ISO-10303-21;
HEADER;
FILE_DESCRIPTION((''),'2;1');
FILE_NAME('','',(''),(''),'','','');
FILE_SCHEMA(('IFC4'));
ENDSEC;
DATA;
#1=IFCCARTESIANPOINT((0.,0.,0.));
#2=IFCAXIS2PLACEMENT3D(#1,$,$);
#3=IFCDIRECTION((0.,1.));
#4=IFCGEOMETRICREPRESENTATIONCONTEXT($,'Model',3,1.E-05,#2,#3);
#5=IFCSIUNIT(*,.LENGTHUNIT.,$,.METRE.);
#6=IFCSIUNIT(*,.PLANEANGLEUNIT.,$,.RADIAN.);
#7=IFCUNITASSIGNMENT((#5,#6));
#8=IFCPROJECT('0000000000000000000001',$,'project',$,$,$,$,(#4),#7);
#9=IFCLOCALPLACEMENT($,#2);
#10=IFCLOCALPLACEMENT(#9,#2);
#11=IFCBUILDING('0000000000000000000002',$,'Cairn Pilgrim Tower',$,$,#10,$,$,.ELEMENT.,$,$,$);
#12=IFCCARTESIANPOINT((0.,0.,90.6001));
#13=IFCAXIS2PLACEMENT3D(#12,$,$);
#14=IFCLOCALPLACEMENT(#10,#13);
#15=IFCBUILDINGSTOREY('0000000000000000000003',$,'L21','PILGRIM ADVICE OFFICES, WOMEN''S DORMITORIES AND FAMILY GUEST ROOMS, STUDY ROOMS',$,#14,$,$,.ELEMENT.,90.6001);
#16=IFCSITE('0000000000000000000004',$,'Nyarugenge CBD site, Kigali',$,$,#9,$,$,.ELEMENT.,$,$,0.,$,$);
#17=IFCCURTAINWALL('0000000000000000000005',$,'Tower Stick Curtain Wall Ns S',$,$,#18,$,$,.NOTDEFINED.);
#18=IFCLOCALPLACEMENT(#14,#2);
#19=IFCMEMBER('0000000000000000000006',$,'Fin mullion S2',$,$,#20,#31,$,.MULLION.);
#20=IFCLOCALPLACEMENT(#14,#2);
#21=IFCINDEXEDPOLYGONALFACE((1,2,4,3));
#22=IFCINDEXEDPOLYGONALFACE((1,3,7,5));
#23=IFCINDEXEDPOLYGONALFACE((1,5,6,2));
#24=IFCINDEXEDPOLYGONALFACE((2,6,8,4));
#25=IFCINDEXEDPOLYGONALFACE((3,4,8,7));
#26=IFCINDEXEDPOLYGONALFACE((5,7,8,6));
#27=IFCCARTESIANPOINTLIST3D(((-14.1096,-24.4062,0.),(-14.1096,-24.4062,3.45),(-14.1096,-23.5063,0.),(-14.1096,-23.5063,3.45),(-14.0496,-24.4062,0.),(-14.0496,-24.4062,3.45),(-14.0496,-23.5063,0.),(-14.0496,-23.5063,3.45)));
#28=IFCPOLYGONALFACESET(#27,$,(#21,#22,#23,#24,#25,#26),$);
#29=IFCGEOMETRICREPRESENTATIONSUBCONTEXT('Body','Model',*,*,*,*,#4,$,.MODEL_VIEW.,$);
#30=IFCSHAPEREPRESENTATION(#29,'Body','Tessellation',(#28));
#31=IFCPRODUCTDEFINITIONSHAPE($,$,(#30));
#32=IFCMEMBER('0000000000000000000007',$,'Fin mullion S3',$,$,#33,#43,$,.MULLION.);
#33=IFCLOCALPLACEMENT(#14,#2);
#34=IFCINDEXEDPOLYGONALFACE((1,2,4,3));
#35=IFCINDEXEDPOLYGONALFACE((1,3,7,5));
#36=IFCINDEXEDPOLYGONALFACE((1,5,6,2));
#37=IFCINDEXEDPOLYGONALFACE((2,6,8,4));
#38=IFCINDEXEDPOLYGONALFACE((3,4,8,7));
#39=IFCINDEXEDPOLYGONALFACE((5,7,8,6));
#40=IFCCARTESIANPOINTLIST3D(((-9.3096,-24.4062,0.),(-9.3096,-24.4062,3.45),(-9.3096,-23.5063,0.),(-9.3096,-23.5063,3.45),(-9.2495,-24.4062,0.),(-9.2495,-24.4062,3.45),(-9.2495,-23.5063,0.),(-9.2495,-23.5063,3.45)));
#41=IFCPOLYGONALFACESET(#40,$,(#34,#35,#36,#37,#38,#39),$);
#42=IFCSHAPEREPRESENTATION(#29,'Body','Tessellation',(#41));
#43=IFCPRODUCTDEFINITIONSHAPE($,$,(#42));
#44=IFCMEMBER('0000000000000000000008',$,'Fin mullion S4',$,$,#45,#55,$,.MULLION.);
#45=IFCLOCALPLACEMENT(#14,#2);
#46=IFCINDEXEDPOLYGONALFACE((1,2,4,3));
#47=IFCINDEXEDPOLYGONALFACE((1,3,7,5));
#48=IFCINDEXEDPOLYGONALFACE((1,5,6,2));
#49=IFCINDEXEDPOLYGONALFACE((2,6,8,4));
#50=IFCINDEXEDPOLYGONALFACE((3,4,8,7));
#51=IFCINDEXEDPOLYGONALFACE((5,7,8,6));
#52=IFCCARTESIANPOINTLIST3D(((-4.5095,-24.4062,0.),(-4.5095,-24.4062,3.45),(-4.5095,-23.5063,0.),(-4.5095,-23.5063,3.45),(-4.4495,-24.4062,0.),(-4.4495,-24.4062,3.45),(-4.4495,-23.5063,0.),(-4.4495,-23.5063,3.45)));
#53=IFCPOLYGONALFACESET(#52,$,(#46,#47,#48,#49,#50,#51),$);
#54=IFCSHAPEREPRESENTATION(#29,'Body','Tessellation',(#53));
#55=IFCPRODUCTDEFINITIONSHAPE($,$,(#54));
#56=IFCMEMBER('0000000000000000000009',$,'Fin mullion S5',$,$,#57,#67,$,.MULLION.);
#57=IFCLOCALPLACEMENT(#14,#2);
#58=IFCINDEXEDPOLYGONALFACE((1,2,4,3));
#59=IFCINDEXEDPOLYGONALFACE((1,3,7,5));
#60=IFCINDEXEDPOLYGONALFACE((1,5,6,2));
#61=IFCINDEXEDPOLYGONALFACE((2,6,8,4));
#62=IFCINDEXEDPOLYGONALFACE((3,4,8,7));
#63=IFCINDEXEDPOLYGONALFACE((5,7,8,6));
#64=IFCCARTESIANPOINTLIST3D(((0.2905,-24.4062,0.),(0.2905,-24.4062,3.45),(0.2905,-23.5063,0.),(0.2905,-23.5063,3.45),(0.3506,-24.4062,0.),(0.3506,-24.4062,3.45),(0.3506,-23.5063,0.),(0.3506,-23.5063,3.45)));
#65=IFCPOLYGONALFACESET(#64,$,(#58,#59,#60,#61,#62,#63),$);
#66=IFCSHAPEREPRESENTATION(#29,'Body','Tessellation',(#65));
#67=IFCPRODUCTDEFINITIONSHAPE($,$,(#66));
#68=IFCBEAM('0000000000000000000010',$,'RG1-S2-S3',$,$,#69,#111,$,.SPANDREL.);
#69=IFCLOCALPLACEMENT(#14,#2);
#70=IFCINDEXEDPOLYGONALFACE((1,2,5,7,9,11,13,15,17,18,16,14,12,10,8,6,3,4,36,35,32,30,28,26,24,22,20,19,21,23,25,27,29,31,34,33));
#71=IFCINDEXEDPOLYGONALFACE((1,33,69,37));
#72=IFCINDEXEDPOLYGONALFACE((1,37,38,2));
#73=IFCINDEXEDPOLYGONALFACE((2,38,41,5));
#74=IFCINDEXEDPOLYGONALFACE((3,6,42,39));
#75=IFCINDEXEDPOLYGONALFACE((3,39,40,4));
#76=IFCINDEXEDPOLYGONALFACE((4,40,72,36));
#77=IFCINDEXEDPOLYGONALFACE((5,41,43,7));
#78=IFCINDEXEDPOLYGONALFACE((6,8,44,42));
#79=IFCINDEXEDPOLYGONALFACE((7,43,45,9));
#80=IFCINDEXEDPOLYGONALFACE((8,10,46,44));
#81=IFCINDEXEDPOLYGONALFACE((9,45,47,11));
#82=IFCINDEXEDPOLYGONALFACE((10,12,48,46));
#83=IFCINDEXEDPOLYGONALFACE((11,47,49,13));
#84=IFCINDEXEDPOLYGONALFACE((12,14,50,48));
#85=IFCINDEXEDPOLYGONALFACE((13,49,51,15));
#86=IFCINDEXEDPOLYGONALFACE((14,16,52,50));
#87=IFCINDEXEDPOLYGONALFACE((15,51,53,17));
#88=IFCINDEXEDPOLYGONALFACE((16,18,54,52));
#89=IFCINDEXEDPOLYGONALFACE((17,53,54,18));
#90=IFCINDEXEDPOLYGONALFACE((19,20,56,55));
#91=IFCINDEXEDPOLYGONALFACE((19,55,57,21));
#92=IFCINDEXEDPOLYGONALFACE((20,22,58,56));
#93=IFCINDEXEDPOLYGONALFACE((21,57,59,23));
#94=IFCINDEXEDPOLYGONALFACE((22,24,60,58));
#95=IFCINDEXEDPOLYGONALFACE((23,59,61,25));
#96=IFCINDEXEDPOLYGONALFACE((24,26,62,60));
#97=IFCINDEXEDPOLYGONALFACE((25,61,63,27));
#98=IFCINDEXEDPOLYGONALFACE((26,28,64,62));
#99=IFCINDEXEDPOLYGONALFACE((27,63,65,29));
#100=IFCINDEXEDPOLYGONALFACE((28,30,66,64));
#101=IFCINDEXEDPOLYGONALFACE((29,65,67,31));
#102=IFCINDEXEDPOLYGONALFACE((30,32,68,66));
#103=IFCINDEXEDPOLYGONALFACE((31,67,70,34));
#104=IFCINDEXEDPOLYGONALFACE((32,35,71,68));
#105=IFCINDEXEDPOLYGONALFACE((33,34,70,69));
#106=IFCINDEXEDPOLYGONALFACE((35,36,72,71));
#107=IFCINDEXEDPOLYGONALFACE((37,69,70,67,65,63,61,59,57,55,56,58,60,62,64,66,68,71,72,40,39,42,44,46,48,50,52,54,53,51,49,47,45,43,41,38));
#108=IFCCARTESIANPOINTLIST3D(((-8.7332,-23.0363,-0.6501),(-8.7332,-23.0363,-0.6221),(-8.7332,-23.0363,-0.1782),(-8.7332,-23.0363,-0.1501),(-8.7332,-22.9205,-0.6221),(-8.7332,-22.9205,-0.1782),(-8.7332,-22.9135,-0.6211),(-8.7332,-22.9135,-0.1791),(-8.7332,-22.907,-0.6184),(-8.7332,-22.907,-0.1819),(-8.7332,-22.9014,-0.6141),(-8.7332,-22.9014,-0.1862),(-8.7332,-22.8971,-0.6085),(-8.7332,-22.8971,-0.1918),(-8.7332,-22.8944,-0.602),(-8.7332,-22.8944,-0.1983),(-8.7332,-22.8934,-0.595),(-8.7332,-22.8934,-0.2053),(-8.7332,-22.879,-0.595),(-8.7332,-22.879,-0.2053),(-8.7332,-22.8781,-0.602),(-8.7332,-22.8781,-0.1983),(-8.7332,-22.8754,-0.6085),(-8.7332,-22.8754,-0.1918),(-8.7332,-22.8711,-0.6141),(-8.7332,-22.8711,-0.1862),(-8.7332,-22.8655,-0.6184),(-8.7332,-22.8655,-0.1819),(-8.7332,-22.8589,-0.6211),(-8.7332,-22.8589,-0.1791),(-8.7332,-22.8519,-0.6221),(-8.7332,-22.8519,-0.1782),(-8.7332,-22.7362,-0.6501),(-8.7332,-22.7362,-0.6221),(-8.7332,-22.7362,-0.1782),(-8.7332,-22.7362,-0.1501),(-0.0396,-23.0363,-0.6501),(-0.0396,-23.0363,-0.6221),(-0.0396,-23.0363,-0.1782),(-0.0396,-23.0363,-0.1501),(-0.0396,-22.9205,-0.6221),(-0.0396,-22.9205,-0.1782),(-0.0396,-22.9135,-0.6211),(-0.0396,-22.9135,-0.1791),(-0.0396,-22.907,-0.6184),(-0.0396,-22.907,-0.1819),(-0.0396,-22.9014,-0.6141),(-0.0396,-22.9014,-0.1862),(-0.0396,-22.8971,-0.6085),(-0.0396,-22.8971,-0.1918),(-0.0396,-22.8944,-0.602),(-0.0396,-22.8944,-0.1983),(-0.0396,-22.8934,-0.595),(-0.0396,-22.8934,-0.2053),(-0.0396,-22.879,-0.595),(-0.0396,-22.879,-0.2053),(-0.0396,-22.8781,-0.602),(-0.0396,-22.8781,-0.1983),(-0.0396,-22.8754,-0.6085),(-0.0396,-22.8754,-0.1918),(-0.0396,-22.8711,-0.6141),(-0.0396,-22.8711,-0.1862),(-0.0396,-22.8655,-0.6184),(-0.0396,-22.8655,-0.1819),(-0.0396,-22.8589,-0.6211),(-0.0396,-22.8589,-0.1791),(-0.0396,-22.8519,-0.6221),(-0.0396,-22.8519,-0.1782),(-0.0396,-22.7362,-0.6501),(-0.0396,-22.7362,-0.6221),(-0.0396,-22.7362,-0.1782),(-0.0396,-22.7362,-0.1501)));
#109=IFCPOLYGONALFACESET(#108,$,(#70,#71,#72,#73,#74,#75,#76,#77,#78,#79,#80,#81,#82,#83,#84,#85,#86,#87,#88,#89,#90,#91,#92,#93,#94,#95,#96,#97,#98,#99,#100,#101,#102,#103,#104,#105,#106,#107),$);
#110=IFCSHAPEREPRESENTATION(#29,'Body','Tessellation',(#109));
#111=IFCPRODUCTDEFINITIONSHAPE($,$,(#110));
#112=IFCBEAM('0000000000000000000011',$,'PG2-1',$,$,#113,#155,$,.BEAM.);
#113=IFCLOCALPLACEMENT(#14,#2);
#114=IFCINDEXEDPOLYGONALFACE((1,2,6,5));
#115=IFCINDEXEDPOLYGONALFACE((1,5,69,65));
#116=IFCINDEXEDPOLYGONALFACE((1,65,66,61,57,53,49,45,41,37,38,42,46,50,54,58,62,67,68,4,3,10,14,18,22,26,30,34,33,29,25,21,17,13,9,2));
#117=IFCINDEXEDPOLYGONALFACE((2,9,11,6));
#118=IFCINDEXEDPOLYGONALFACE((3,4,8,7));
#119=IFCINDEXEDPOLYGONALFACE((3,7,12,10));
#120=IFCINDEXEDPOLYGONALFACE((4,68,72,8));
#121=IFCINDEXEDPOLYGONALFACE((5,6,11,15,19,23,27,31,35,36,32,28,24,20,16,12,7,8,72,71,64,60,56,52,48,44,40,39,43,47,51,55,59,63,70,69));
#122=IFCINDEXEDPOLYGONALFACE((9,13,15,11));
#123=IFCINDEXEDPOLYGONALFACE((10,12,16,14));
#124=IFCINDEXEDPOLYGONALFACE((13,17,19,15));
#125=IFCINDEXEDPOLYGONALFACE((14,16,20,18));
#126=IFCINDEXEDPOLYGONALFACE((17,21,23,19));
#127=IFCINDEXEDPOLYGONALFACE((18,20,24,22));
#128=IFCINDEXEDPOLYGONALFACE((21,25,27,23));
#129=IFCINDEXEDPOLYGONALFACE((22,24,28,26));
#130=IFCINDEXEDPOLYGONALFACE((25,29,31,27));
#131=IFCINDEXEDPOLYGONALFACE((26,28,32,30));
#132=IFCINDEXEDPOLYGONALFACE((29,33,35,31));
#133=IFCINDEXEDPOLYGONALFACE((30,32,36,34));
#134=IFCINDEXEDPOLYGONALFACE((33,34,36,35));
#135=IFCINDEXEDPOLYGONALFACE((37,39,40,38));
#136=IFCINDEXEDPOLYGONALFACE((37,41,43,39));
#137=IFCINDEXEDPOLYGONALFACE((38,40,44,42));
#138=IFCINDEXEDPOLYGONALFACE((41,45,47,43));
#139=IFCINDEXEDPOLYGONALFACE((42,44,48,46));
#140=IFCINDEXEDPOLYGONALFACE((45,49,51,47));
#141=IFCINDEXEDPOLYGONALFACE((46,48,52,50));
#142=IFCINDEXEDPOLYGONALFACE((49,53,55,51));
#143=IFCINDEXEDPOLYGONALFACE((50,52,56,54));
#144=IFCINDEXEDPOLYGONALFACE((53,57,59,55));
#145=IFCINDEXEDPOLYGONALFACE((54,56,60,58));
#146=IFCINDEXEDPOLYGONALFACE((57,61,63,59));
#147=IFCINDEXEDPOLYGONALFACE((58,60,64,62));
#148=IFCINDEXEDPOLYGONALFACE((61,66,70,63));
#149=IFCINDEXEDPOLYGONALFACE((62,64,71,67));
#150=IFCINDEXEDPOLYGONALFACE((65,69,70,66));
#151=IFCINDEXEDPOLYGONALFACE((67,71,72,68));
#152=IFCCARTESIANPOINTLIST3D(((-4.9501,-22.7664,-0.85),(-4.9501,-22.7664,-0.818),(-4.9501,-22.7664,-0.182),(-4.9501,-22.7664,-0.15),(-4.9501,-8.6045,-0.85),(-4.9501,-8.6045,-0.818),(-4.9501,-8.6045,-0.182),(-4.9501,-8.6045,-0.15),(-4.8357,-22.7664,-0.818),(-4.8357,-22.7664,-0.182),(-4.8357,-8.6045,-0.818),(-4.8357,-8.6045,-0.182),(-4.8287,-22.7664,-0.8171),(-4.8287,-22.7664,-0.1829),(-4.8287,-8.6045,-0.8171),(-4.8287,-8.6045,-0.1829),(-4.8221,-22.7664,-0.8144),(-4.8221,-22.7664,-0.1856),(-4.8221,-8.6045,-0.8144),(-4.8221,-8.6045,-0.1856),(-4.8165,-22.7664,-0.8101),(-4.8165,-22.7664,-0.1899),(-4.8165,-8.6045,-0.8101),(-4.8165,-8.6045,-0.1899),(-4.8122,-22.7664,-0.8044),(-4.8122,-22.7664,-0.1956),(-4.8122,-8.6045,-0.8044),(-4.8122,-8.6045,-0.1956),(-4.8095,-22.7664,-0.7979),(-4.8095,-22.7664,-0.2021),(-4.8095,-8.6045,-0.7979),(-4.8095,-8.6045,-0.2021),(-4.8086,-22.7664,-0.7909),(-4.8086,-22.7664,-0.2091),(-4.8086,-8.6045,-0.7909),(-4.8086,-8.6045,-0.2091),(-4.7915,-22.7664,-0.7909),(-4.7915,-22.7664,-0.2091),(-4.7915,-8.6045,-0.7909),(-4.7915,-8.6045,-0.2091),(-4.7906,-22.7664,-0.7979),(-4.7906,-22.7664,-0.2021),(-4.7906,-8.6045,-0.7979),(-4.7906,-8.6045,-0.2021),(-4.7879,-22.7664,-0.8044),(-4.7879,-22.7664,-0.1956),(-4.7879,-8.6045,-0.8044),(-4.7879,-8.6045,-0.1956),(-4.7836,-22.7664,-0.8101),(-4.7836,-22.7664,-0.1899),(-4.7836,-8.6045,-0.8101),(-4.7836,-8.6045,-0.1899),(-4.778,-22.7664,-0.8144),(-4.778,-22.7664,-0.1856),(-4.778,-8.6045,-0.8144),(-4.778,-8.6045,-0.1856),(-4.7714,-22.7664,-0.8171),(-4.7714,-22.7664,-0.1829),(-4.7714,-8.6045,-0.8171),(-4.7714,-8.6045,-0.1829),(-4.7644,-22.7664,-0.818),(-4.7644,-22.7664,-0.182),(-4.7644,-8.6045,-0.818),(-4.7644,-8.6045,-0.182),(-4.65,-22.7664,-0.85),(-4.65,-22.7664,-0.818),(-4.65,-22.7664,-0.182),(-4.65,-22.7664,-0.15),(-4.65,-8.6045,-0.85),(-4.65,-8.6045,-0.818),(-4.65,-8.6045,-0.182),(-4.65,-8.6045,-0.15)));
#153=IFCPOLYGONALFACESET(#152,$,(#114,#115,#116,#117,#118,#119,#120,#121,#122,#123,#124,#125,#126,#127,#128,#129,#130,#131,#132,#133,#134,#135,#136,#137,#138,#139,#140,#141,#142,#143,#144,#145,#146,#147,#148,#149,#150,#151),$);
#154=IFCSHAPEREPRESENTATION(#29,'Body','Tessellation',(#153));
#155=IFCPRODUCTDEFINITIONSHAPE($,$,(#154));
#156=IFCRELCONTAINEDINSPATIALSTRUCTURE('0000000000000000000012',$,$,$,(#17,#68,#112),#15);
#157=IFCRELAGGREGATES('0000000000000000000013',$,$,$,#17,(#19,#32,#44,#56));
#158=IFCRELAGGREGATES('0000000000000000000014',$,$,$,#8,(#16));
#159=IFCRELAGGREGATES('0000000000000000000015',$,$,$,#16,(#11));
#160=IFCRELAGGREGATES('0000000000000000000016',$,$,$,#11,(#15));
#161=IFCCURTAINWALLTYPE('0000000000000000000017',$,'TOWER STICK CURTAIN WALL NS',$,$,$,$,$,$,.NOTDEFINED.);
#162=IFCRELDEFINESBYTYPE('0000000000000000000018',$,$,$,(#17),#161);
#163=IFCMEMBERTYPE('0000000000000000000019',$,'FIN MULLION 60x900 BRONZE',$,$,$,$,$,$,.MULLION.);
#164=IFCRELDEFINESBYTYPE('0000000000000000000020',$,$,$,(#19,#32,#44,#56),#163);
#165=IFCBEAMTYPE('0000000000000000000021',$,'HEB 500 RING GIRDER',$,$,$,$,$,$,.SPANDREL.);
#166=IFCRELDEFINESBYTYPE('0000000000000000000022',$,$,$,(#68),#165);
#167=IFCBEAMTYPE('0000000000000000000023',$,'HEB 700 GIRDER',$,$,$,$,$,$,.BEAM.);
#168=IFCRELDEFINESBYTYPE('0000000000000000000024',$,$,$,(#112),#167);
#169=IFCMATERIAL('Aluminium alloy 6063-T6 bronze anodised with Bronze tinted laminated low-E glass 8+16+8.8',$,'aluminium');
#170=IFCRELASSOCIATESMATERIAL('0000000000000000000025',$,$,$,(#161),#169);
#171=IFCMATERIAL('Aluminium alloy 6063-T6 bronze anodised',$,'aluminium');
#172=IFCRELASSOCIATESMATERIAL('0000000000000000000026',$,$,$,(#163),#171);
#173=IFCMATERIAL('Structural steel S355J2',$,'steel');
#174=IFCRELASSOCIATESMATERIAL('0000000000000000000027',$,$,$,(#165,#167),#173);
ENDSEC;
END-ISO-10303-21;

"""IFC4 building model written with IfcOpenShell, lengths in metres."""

from ifc_helpers import new_model, si_unit, direction, frame, origin, origin_2d, place, context, subcontext, project, spatial, rectangle, i_section, extrude, material, material_profile, profile_set, type_object, element, aggregate, save


model = new_model("IFC4")

# Units and contexts
model_context = context("Model", 3, precision=1e-05, world=origin(), true_north=direction((0.0, 1.0)))
body_context = subcontext(model_context, "Body", "Model", "MODEL_VIEW")
ifc_project = project(units=[si_unit("LENGTHUNIT", "METRE"), si_unit("PLANEANGLEUNIT", "RADIAN")], contexts=[model_context])

# Site, building, storey
site_placement = place(None, origin())
site = spatial("IfcSite", under=ifc_project, at=site_placement, Name="Nyarugenge CBD site, Kigali", CompositionType="ELEMENT", RefElevation=0.0)
building_placement = place(site_placement, origin())
building = spatial("IfcBuilding", under=site, at=building_placement, Name="Cairn Pilgrim Tower", CompositionType="ELEMENT")
storey_placement = place(building_placement, frame((0.0, 0.0, 90.6001)))
storey = spatial("IfcBuildingStorey", under=building, at=storey_placement, Name="L21", Description="PILGRIM ADVICE OFFICES, WOMEN'S DORMITORIES AND FAMILY GUEST ROOMS, STUDY ROOMS", CompositionType="ELEMENT", Elevation=90.6001)

# Curtain wall, members
ifc_material_1 = material(Name="Aluminium alloy 6063-T6 bronze anodised with Bronze tinted laminated low-E glass 8+16+8.8", Category="aluminium")
curtain_wall_type = type_object("IfcCurtainWallType", Name="TOWER STICK CURTAIN WALL NS", PredefinedType="NOTDEFINED", material=ifc_material_1)
curtain_wall_placement = place(storey_placement, origin())
curtain_wall = element("IfcCurtainWall", 1, at=curtain_wall_placement, inside=storey, type_object=curtain_wall_type, Name="Tower Stick Curtain Wall Ns S", PredefinedType="NOTDEFINED")
ifc_material_2 = material(Name="Aluminium alloy 6063-T6 bronze anodised", Category="aluminium")
ifc_material_profile_1 = material_profile(ifc_material_2, rectangle(XDim=0.8999, YDim=0.0601, at=origin_2d()), Name="FIN MULLION 60x900 BRONZE")
ifc_profile_set_1 = profile_set([ifc_material_profile_1], Name="Aluminium alloy 6063-T6 bronze anodised")
member_type_1 = type_object("IfcMemberType", Name="FIN MULLION 60x900 BRONZE", PredefinedType="MULLION", material=ifc_profile_set_1)
member_1_placement = place(storey_placement, frame((-14.0796, -23.9563, 0.0), z_axis=(0.0, 0.0, 1.0), x_axis=(0.0, -1.0, 0.0)))
member_1 = element("IfcMember", 2, at=member_1_placement, type_object=member_type_1, Name="Fin mullion S2", PredefinedType="MULLION", context=body_context, shape_type="SweptSolid", body=[
    extrude(rectangle(XDim=0.8999, YDim=0.0601, at=origin_2d()), origin(), (0.0, 0.0, 1.0), 3.45),
])
member_2_placement = place(storey_placement, frame((-9.2795, -23.9563, 0.0), z_axis=(0.0, 0.0, 1.0), x_axis=(0.0, -1.0, 0.0)))
member_2 = element("IfcMember", 3, at=member_2_placement, type_object=member_type_1, Name="Fin mullion S3", PredefinedType="MULLION", context=body_context, shape_type="SweptSolid", body=[
    extrude(rectangle(XDim=0.8999, YDim=0.0601, at=origin_2d()), origin(), (0.0, 0.0, 1.0), 3.45),
])
member_3_placement = place(storey_placement, frame((-4.4795, -23.9563, 0.0), z_axis=(0.0, 0.0, 1.0), x_axis=(0.0, -1.0, 0.0)))
member_3 = element("IfcMember", 4, at=member_3_placement, type_object=member_type_1, Name="Fin mullion S4", PredefinedType="MULLION", context=body_context, shape_type="SweptSolid", body=[
    extrude(rectangle(XDim=0.8999, YDim=0.0601, at=origin_2d()), origin(), (0.0, 0.0, 1.0), 3.45),
])
member_4_placement = place(storey_placement, frame((0.3206, -23.9563, 0.0), z_axis=(0.0, 0.0, 1.0), x_axis=(0.0, -1.0, 0.0)))
member_4 = element("IfcMember", 5, at=member_4_placement, type_object=member_type_1, Name="Fin mullion S5", PredefinedType="MULLION", context=body_context, shape_type="SweptSolid", body=[
    extrude(rectangle(XDim=0.8999, YDim=0.0601, at=origin_2d()), origin(), (0.0, 0.0, 1.0), 3.45),
])

# Beams
ifc_material_3 = material(Name="Structural steel S355J2", Category="steel")
ifc_material_profile_2 = material_profile(ifc_material_3, i_section(OverallWidth=0.3, OverallDepth=0.5, WebThickness=0.0144, FlangeThickness=0.0281, FilletRadius=0.0271, at=origin_2d()), Name="HEB 500")
ifc_profile_set_2 = profile_set([ifc_material_profile_2], Name="Structural steel S355J2")
beam_type_1 = type_object("IfcBeamType", Name="HEB 500 RING GIRDER", PredefinedType="SPANDREL", material=ifc_profile_set_2)
beam_1_placement = place(storey_placement, frame((-8.7332, -22.8862, -0.4001), z_axis=(1.0, 0.0, 0.0), x_axis=(0.0, 1.0, 0.0)))
element("IfcBeam", 6, at=beam_1_placement, inside=storey, type_object=beam_type_1, Name="RG1-S2-S3", PredefinedType="SPANDREL", context=body_context, shape_type="SweptSolid", body=[
    extrude(i_section(OverallWidth=0.3, OverallDepth=0.5, WebThickness=0.0144, FlangeThickness=0.0281, FilletRadius=0.0271, at=origin_2d()), origin(), (0.0, 0.0, 1.0), 8.6936),
])
ifc_material_profile_3 = material_profile(ifc_material_3, i_section(OverallWidth=0.3, OverallDepth=0.7, WebThickness=0.0171, FlangeThickness=0.032, FilletRadius=0.0271, at=origin_2d()), Name="HEB 700")
ifc_profile_set_3 = profile_set([ifc_material_profile_3], Name="Structural steel S355J2")
beam_type_2 = type_object("IfcBeamType", Name="HEB 700 GIRDER", PredefinedType="BEAM", material=ifc_profile_set_3)
beam_2_placement = place(storey_placement, frame((-4.8, -22.7664, -0.5), z_axis=(0.0, 1.0, 0.0), x_axis=(-1.0, 0.0, 0.0)))
element("IfcBeam", 7, at=beam_2_placement, inside=storey, type_object=beam_type_2, Name="PG2-1", PredefinedType="BEAM", context=body_context, shape_type="SweptSolid", body=[
    extrude(i_section(OverallWidth=0.3, OverallDepth=0.7, WebThickness=0.0171, FlangeThickness=0.032, FilletRadius=0.0271, at=origin_2d()), origin(), (0.0, 0.0, 1.0), 14.1619),
])

aggregate(curtain_wall, [member_1, member_2, member_3, member_4])

save(model, "model.ifc")
